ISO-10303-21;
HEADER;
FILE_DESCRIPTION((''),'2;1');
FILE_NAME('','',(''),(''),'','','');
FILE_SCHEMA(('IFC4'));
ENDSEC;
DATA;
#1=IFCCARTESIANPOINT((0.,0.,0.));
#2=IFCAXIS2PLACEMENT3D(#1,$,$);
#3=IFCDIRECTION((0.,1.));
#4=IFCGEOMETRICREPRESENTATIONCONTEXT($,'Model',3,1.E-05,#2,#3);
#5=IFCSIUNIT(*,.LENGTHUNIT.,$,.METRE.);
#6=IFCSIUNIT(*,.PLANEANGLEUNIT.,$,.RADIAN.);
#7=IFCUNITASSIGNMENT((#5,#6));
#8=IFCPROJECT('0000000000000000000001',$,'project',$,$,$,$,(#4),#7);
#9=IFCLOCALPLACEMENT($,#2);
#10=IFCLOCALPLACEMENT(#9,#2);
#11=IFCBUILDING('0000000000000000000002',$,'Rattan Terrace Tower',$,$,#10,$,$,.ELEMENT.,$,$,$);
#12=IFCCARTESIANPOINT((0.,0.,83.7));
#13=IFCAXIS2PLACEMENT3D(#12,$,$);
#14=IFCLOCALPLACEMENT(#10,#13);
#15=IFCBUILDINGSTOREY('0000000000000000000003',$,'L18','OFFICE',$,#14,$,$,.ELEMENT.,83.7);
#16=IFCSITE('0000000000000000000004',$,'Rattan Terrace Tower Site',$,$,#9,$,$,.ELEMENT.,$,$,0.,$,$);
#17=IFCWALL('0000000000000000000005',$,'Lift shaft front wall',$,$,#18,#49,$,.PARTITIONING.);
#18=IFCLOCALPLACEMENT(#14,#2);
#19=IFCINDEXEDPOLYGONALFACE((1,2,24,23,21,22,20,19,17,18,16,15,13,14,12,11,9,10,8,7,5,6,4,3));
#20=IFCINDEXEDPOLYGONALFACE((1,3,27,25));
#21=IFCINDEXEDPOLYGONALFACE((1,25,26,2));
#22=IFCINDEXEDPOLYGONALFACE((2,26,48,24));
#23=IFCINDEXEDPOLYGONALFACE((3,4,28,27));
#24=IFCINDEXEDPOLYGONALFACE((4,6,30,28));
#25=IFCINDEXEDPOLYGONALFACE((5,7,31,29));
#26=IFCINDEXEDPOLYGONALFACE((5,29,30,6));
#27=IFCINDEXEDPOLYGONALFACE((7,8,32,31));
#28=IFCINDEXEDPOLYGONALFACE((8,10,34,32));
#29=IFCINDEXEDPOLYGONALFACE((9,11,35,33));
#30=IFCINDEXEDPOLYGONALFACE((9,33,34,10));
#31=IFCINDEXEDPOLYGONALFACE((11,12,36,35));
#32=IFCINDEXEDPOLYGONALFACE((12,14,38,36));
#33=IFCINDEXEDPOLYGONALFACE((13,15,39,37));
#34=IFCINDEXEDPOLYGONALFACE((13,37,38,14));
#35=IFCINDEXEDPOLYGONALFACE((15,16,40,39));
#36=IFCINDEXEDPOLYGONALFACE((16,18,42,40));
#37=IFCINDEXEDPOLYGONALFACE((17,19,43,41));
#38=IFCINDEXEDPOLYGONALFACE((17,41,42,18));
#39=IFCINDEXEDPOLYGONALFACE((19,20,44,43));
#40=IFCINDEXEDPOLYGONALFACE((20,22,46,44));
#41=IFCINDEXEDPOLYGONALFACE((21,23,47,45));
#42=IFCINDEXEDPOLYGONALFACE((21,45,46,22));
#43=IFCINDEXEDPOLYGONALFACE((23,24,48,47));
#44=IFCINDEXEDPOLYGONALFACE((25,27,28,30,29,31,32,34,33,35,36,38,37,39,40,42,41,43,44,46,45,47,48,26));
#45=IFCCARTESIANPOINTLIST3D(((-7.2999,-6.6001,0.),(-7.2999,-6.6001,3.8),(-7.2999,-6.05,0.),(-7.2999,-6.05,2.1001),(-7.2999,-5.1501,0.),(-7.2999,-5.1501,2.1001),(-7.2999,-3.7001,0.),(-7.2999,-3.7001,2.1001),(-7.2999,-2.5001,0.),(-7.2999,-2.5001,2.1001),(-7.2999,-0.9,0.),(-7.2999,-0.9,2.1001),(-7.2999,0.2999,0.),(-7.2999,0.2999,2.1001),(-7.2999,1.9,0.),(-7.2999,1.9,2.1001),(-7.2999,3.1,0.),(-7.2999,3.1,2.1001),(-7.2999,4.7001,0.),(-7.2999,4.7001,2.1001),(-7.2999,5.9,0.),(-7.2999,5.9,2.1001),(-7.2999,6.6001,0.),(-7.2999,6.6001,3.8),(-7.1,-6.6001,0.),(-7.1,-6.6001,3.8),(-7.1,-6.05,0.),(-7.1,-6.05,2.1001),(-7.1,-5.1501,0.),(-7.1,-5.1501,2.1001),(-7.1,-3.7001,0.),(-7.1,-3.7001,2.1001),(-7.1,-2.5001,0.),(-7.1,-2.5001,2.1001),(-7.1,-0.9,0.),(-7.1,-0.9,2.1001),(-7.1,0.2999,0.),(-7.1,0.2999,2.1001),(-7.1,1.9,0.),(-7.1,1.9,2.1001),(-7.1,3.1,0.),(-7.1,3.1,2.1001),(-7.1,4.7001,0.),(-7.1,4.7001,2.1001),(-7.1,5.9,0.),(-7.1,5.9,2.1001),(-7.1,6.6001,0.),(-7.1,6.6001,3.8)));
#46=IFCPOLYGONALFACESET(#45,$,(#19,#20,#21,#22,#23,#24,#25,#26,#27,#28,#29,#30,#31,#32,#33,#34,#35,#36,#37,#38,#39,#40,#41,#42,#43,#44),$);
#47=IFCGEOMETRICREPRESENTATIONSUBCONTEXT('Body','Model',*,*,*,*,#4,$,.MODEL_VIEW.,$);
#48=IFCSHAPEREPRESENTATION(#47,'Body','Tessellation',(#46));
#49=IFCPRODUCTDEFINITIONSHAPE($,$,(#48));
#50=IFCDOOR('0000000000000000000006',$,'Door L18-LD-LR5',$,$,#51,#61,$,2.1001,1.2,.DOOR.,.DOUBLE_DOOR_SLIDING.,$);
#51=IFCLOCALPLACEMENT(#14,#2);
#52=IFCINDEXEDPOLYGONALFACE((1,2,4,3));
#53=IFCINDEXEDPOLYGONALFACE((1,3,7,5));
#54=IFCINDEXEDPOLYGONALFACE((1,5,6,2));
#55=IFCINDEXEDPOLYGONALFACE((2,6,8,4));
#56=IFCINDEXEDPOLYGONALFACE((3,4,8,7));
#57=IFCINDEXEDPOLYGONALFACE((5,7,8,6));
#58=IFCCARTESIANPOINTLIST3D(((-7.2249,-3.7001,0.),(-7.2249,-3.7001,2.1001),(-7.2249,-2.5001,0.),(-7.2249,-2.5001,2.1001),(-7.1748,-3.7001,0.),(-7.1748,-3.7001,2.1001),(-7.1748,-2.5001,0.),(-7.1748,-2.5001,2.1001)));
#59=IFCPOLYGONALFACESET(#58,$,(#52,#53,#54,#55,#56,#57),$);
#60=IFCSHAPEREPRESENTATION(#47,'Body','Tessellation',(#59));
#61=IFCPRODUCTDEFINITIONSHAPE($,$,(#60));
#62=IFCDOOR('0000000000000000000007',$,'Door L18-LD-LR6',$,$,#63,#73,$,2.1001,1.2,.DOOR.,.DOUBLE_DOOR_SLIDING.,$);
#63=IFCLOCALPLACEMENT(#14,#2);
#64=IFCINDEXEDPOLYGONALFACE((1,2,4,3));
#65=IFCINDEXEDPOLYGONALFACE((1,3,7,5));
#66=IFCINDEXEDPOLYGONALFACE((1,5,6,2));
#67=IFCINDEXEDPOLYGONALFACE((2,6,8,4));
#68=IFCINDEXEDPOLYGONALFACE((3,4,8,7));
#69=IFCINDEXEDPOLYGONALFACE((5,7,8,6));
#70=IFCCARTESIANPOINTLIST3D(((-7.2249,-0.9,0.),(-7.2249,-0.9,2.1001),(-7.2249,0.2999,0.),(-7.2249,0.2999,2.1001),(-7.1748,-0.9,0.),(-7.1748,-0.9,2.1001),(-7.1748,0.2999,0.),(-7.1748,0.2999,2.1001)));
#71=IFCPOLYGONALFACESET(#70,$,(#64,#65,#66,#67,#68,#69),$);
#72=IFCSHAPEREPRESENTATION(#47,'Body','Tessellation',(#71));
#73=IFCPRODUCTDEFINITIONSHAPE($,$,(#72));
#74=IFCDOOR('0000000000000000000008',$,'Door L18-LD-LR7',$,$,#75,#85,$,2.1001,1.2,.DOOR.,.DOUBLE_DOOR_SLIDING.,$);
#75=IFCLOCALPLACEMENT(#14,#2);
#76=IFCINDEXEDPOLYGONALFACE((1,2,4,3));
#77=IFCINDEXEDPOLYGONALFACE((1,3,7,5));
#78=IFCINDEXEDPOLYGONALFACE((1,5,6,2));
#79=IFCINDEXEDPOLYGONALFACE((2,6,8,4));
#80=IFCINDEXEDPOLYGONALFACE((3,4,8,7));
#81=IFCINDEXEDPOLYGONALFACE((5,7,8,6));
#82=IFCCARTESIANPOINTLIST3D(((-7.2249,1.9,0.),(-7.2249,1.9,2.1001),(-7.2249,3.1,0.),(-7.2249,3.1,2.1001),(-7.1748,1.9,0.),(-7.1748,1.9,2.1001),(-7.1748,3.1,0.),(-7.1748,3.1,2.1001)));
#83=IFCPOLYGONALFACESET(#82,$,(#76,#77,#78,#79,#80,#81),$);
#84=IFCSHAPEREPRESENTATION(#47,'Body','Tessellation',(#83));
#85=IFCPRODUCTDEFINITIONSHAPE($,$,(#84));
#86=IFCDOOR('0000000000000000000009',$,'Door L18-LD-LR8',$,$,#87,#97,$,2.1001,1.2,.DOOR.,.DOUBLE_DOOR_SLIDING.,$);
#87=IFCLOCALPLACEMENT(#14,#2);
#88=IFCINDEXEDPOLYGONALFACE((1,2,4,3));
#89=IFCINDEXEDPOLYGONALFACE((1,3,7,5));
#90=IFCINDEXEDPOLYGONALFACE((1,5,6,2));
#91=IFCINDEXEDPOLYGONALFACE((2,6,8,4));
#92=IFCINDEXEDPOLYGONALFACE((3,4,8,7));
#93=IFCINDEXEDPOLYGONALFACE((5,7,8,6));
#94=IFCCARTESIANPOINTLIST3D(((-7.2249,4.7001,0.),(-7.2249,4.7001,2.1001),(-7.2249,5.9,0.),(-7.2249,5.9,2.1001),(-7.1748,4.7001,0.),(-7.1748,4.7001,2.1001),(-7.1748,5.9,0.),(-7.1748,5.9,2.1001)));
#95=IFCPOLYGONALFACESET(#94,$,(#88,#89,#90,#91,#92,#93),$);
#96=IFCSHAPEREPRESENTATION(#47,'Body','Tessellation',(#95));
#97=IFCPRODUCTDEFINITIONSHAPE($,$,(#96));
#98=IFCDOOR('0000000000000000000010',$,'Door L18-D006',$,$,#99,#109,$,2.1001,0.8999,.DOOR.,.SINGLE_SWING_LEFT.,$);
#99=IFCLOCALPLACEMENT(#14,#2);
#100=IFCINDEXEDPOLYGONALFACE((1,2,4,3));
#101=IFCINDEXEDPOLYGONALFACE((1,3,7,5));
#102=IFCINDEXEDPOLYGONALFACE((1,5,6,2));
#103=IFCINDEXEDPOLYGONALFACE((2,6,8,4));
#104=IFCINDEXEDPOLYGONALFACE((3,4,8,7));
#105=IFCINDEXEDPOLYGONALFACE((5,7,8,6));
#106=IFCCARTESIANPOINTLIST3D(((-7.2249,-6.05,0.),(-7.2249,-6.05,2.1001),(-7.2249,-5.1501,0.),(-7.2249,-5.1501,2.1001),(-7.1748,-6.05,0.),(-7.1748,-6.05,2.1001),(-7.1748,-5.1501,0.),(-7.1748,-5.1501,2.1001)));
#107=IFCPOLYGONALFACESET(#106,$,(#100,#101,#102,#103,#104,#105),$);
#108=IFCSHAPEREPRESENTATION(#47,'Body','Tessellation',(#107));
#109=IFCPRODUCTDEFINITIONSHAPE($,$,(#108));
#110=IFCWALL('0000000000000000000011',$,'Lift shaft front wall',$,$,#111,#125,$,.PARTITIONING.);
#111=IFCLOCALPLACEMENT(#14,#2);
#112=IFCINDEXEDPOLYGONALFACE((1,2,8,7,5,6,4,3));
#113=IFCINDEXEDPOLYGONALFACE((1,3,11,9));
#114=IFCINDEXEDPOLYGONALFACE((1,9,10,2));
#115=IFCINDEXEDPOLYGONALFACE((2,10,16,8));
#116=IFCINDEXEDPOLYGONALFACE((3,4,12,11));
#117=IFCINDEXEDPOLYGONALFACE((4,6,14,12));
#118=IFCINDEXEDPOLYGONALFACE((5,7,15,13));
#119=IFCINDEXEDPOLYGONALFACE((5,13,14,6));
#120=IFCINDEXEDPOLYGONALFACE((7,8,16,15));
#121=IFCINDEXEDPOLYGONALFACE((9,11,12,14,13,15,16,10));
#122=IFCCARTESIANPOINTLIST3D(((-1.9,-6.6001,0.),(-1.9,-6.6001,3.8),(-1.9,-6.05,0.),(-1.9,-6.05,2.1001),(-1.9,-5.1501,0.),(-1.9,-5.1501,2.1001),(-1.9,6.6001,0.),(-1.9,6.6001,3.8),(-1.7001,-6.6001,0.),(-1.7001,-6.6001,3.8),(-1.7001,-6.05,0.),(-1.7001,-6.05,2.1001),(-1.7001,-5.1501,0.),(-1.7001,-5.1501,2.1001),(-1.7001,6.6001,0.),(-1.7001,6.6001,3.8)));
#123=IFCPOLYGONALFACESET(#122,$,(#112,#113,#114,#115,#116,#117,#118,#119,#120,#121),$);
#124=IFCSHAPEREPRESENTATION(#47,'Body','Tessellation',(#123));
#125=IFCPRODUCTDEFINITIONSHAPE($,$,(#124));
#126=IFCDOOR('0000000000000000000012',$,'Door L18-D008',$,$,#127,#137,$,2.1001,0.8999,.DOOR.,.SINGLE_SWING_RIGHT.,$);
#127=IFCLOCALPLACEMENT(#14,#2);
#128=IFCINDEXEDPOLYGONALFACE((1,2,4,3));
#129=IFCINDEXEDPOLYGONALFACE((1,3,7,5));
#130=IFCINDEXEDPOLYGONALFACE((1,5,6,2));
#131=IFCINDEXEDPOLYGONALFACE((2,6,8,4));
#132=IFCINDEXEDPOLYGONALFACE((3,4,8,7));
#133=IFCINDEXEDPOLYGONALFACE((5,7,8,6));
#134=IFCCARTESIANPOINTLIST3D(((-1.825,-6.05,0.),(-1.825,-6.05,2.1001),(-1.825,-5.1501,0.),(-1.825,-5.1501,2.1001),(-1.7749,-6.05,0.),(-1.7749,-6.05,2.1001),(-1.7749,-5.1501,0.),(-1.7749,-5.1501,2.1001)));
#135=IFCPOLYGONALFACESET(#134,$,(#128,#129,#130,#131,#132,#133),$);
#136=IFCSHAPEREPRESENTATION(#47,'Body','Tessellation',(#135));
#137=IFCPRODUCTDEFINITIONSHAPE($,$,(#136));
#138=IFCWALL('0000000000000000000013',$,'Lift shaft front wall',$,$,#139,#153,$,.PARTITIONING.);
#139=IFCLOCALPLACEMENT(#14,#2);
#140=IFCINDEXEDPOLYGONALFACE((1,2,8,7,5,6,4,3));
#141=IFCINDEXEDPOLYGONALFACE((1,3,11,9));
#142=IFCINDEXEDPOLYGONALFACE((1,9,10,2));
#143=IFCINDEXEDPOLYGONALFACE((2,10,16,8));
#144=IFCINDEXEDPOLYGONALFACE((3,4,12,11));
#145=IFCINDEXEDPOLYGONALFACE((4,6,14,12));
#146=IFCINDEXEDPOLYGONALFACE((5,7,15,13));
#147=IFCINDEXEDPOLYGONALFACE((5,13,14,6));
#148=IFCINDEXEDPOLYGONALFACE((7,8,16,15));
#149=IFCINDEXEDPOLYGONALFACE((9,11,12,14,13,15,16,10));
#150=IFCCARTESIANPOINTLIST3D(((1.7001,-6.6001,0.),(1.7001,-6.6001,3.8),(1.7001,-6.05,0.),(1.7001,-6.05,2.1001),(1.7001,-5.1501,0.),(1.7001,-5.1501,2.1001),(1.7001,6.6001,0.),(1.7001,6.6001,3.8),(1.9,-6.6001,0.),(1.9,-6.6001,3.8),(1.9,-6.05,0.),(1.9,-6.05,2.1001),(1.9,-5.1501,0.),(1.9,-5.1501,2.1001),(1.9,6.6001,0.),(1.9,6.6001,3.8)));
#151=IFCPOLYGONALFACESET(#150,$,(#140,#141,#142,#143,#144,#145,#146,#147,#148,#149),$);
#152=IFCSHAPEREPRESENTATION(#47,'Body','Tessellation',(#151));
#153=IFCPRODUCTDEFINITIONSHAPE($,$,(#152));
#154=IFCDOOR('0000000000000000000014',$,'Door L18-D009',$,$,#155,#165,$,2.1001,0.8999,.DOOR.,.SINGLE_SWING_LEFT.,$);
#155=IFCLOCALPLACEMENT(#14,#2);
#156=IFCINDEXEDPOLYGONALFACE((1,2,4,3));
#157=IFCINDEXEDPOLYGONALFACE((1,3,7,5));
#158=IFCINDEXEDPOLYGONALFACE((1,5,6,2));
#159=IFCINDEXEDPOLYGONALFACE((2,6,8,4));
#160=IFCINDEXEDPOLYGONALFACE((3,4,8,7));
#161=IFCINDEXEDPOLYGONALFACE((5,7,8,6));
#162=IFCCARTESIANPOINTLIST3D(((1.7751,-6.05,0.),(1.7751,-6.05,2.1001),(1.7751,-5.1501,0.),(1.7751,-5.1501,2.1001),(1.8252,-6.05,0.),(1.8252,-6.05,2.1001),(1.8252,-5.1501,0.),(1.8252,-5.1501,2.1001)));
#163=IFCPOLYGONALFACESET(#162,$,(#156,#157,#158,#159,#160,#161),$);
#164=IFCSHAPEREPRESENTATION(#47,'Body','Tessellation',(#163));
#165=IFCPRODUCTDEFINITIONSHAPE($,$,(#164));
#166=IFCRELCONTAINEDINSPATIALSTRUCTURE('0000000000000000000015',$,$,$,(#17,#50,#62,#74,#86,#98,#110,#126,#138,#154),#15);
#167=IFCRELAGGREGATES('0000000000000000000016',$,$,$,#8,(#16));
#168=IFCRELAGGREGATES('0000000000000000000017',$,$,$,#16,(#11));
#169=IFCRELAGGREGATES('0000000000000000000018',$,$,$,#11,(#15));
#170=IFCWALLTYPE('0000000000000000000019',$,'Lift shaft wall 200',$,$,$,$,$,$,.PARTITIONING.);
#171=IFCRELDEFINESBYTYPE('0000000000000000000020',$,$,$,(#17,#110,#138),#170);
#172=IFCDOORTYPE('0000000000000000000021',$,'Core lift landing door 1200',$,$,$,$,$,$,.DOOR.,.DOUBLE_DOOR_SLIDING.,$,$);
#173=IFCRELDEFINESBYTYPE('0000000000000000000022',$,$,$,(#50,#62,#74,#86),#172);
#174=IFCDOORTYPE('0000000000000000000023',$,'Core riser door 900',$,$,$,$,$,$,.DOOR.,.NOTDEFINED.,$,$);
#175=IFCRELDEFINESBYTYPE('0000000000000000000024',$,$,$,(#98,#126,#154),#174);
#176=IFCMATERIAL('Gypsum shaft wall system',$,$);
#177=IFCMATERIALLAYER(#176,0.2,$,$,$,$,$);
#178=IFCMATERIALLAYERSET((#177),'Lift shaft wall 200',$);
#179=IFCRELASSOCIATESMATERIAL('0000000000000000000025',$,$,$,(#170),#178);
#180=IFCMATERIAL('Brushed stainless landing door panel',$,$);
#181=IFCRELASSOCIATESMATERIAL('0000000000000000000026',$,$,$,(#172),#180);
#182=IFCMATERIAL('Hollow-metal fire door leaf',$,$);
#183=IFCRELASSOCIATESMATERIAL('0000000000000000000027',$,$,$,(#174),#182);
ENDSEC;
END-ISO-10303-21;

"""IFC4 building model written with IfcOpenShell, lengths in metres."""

from ifc_helpers import new_model, si_unit, direction, frame, frame_2d, origin, place, context, subcontext, project, spatial, rectangle, extrude, material, layer, layer_set, type_object, element, fill, save


model = new_model("IFC4")

# Units and contexts
model_context = context("Model", 3, precision=1e-05, world=origin(), true_north=direction((0.0, 1.0)))
body_context = subcontext(model_context, "Body", "Model", "MODEL_VIEW")
ifc_project = project(units=[si_unit("LENGTHUNIT", "METRE"), si_unit("PLANEANGLEUNIT", "RADIAN")], contexts=[model_context])

# Site, building, storey
site_placement = place(None, origin())
site = spatial("IfcSite", under=ifc_project, at=site_placement, Name="Rattan Terrace Tower Site", CompositionType="ELEMENT", RefElevation=0.0)
building_placement = place(site_placement, origin())
building = spatial("IfcBuilding", under=site, at=building_placement, Name="Rattan Terrace Tower", CompositionType="ELEMENT")
storey_placement = place(building_placement, frame((0.0, 0.0, 83.7)))
storey = spatial("IfcBuildingStorey", under=building, at=storey_placement, Name="L18", Description="OFFICE", CompositionType="ELEMENT", Elevation=83.7)

# Wall, openings, doors
ifc_material_1 = material(Name="Gypsum shaft wall system")
ifc_layer_1 = layer(ifc_material_1, 0.2)
ifc_layer_set_1 = layer_set([ifc_layer_1], Name="Lift shaft wall 200")
wall_type_1 = type_object("IfcWallType", Name="Lift shaft wall 200", PredefinedType="PARTITIONING", material=ifc_layer_set_1)
ifc_material_2 = material(Name="Brushed stainless landing door panel")
door_type_1 = type_object("IfcDoorType", Name="Core lift landing door 1200", OperationType="DOUBLE_DOOR_SLIDING", PredefinedType="DOOR", material=ifc_material_2)
ifc_material_3 = material(Name="Hollow-metal fire door leaf")
door_type_2 = type_object("IfcDoorType", Name="Core riser door 900", OperationType="NOTDEFINED", PredefinedType="DOOR", material=ifc_material_3)
wall_1_placement = place(storey_placement, frame((-7.2, -6.6001, 0.0), z_axis=(0.0, 0.0, 1.0), x_axis=(0.0, 1.0, 0.0)))
wall_1 = element("IfcWall", 1, at=wall_1_placement, inside=storey, type_object=wall_type_1, Name="Lift shaft front wall", PredefinedType="PARTITIONING", context=body_context, shape_type="SweptSolid", body=[
    extrude(rectangle(XDim=13.2002, YDim=0.2, at=frame_2d((6.6001, 0.0))), origin(), (0.0, 0.0, 1.0), 3.8),
])
opening_1_placement = place(wall_1_placement, frame((0.55, 0.0, 0.0)))
opening_1 = element("IfcOpeningElement", 2, at=opening_1_placement, cuts=wall_1, PredefinedType="OPENING", context=body_context, shape_type="SweptSolid", body=[
    extrude(rectangle(XDim=0.8999, YDim=2.1001, at=frame_2d((0.45, 1.05))), frame((0.0, 0.1106, 0.0), z_axis=(0.0, -1.0, 0.0), x_axis=(1.0, 0.0, 0.0)), (0.0, 0.0, 1.0), 0.2209),
])
opening_2_placement = place(wall_1_placement, frame((2.8999, 0.0, 0.0)))
opening_2 = element("IfcOpeningElement", 3, at=opening_2_placement, cuts=wall_1, PredefinedType="OPENING", context=body_context, shape_type="SweptSolid", body=[
    extrude(rectangle(XDim=1.2, YDim=2.1001, at=frame_2d((0.6001, 1.05))), frame((0.0, 0.1106, 0.0), z_axis=(0.0, -1.0, 0.0), x_axis=(1.0, 0.0, 0.0)), (0.0, 0.0, 1.0), 0.2209),
])
opening_3_placement = place(wall_1_placement, frame((5.7, 0.0, 0.0)))
opening_3 = element("IfcOpeningElement", 4, at=opening_3_placement, cuts=wall_1, PredefinedType="OPENING", context=body_context, shape_type="SweptSolid", body=[
    extrude(rectangle(XDim=1.2, YDim=2.1001, at=frame_2d((0.6001, 1.05))), frame((0.0, 0.1106, 0.0), z_axis=(0.0, -1.0, 0.0), x_axis=(1.0, 0.0, 0.0)), (0.0, 0.0, 1.0), 0.2209),
])
opening_4_placement = place(wall_1_placement, frame((8.5, 0.0, 0.0)))
opening_4 = element("IfcOpeningElement", 5, at=opening_4_placement, cuts=wall_1, PredefinedType="OPENING", context=body_context, shape_type="SweptSolid", body=[
    extrude(rectangle(XDim=1.2, YDim=2.1001, at=frame_2d((0.6001, 1.05))), frame((0.0, 0.1106, 0.0), z_axis=(0.0, -1.0, 0.0), x_axis=(1.0, 0.0, 0.0)), (0.0, 0.0, 1.0), 0.2209),
])
opening_5_placement = place(wall_1_placement, frame((11.3, 0.0, 0.0)))
opening_5 = element("IfcOpeningElement", 6, at=opening_5_placement, cuts=wall_1, PredefinedType="OPENING", context=body_context, shape_type="SweptSolid", body=[
    extrude(rectangle(XDim=1.2, YDim=2.1001, at=frame_2d((0.6001, 1.05))), frame((0.0, 0.1106, 0.0), z_axis=(0.0, -1.0, 0.0), x_axis=(1.0, 0.0, 0.0)), (0.0, 0.0, 1.0), 0.2209),
])
door_1_placement = place(opening_2_placement, origin())
door_1 = element("IfcDoor", 7, at=door_1_placement, inside=storey, type_object=door_type_1, Name="Door L18-LD-LR5", OperationType="DOUBLE_DOOR_SLIDING", OverallHeight=2.1001, OverallWidth=1.2, PredefinedType="DOOR", context=body_context, shape_type="SweptSolid", body=[
    extrude(rectangle(XDim=1.2, YDim=2.1001, at=frame_2d((0.6001, 1.05))), frame((0.0, 0.0249, 0.0), z_axis=(0.0, -1.0, 0.0), x_axis=(1.0, 0.0, 0.0)), (0.0, 0.0, 1.0), 0.05),
])
fill(opening_2, door_1)
door_2_placement = place(opening_3_placement, origin())
door_2 = element("IfcDoor", 8, at=door_2_placement, inside=storey, type_object=door_type_1, Name="Door L18-LD-LR6", OperationType="DOUBLE_DOOR_SLIDING", OverallHeight=2.1001, OverallWidth=1.2, PredefinedType="DOOR", context=body_context, shape_type="SweptSolid", body=[
    extrude(rectangle(XDim=1.2, YDim=2.1001, at=frame_2d((0.6001, 1.05))), frame((0.0, 0.0249, 0.0), z_axis=(0.0, -1.0, 0.0), x_axis=(1.0, 0.0, 0.0)), (0.0, 0.0, 1.0), 0.05),
])
fill(opening_3, door_2)
door_3_placement = place(opening_4_placement, origin())
door_3 = element("IfcDoor", 9, at=door_3_placement, inside=storey, type_object=door_type_1, Name="Door L18-LD-LR7", OperationType="DOUBLE_DOOR_SLIDING", OverallHeight=2.1001, OverallWidth=1.2, PredefinedType="DOOR", context=body_context, shape_type="SweptSolid", body=[
    extrude(rectangle(XDim=1.2, YDim=2.1001, at=frame_2d((0.6001, 1.05))), frame((0.0, 0.0249, 0.0), z_axis=(0.0, -1.0, 0.0), x_axis=(1.0, 0.0, 0.0)), (0.0, 0.0, 1.0), 0.05),
])
fill(opening_4, door_3)
door_4_placement = place(opening_5_placement, origin())
door_4 = element("IfcDoor", 10, at=door_4_placement, inside=storey, type_object=door_type_1, Name="Door L18-LD-LR8", OperationType="DOUBLE_DOOR_SLIDING", OverallHeight=2.1001, OverallWidth=1.2, PredefinedType="DOOR", context=body_context, shape_type="SweptSolid", body=[
    extrude(rectangle(XDim=1.2, YDim=2.1001, at=frame_2d((0.6001, 1.05))), frame((0.0, 0.0249, 0.0), z_axis=(0.0, -1.0, 0.0), x_axis=(1.0, 0.0, 0.0)), (0.0, 0.0, 1.0), 0.05),
])
fill(opening_5, door_4)
door_5_placement = place(opening_1_placement, origin())
door_5 = element("IfcDoor", 11, at=door_5_placement, inside=storey, type_object=door_type_2, Name="Door L18-D006", OperationType="SINGLE_SWING_LEFT", OverallHeight=2.1001, OverallWidth=0.8999, PredefinedType="DOOR", context=body_context, shape_type="SweptSolid", body=[
    extrude(rectangle(XDim=0.8999, YDim=2.1001, at=frame_2d((0.45, 1.05))), frame((0.0, 0.0249, 0.0), z_axis=(0.0, -1.0, 0.0), x_axis=(1.0, 0.0, 0.0)), (0.0, 0.0, 1.0), 0.05),
])
fill(opening_1, door_5)

# Walls, openings, doors
wall_2_placement = place(storey_placement, frame((-1.8, -6.6001, 0.0), z_axis=(0.0, 0.0, 1.0), x_axis=(0.0, 1.0, 0.0)))
wall_2 = element("IfcWall", 12, at=wall_2_placement, inside=storey, type_object=wall_type_1, Name="Lift shaft front wall", PredefinedType="PARTITIONING", context=body_context, shape_type="SweptSolid", body=[
    extrude(rectangle(XDim=13.2002, YDim=0.2, at=frame_2d((6.6001, 0.0))), origin(), (0.0, 0.0, 1.0), 3.8),
])
opening_6_placement = place(wall_2_placement, frame((0.55, 0.0, 0.0)))
opening_6 = element("IfcOpeningElement", 13, at=opening_6_placement, cuts=wall_2, PredefinedType="OPENING", context=body_context, shape_type="SweptSolid", body=[
    extrude(rectangle(XDim=0.8999, YDim=2.1001, at=frame_2d((0.45, 1.05))), frame((0.0, 0.1106, 0.0), z_axis=(0.0, -1.0, 0.0), x_axis=(1.0, 0.0, 0.0)), (0.0, 0.0, 1.0), 0.2209),
])
door_6_placement = place(opening_6_placement, origin())
door_6 = element("IfcDoor", 14, at=door_6_placement, inside=storey, type_object=door_type_2, Name="Door L18-D008", OperationType="SINGLE_SWING_RIGHT", OverallHeight=2.1001, OverallWidth=0.8999, PredefinedType="DOOR", context=body_context, shape_type="SweptSolid", body=[
    extrude(rectangle(XDim=0.8999, YDim=2.1001, at=frame_2d((0.45, 1.05))), frame((0.0, 0.0249, 0.0), z_axis=(0.0, -1.0, 0.0), x_axis=(1.0, 0.0, 0.0)), (0.0, 0.0, 1.0), 0.05),
])
fill(opening_6, door_6)
wall_3_placement = place(storey_placement, frame((1.8, -6.6001, 0.0), z_axis=(0.0, 0.0, 1.0), x_axis=(0.0, 1.0, 0.0)))
wall_3 = element("IfcWall", 15, at=wall_3_placement, inside=storey, type_object=wall_type_1, Name="Lift shaft front wall", PredefinedType="PARTITIONING", context=body_context, shape_type="SweptSolid", body=[
    extrude(rectangle(XDim=13.2002, YDim=0.2, at=frame_2d((6.6001, 0.0))), origin(), (0.0, 0.0, 1.0), 3.8),
])
opening_7_placement = place(wall_3_placement, frame((0.55, 0.0, 0.0)))
opening_7 = element("IfcOpeningElement", 16, at=opening_7_placement, cuts=wall_3, PredefinedType="OPENING", context=body_context, shape_type="SweptSolid", body=[
    extrude(rectangle(XDim=0.8999, YDim=2.1001, at=frame_2d((0.45, 1.05))), frame((0.0, 0.1106, 0.0), z_axis=(0.0, -1.0, 0.0), x_axis=(1.0, 0.0, 0.0)), (0.0, 0.0, 1.0), 0.2209),
])
door_7_placement = place(opening_7_placement, origin())
door_7 = element("IfcDoor", 17, at=door_7_placement, inside=storey, type_object=door_type_2, Name="Door L18-D009", OperationType="SINGLE_SWING_LEFT", OverallHeight=2.1001, OverallWidth=0.8999, PredefinedType="DOOR", context=body_context, shape_type="SweptSolid", body=[
    extrude(rectangle(XDim=0.8999, YDim=2.1001, at=frame_2d((0.45, 1.05))), frame((0.0, 0.0249, 0.0), z_axis=(0.0, -1.0, 0.0), x_axis=(1.0, 0.0, 0.0)), (0.0, 0.0, 1.0), 0.05),
])
fill(opening_7, door_7)

save(model, "model.ifc")
